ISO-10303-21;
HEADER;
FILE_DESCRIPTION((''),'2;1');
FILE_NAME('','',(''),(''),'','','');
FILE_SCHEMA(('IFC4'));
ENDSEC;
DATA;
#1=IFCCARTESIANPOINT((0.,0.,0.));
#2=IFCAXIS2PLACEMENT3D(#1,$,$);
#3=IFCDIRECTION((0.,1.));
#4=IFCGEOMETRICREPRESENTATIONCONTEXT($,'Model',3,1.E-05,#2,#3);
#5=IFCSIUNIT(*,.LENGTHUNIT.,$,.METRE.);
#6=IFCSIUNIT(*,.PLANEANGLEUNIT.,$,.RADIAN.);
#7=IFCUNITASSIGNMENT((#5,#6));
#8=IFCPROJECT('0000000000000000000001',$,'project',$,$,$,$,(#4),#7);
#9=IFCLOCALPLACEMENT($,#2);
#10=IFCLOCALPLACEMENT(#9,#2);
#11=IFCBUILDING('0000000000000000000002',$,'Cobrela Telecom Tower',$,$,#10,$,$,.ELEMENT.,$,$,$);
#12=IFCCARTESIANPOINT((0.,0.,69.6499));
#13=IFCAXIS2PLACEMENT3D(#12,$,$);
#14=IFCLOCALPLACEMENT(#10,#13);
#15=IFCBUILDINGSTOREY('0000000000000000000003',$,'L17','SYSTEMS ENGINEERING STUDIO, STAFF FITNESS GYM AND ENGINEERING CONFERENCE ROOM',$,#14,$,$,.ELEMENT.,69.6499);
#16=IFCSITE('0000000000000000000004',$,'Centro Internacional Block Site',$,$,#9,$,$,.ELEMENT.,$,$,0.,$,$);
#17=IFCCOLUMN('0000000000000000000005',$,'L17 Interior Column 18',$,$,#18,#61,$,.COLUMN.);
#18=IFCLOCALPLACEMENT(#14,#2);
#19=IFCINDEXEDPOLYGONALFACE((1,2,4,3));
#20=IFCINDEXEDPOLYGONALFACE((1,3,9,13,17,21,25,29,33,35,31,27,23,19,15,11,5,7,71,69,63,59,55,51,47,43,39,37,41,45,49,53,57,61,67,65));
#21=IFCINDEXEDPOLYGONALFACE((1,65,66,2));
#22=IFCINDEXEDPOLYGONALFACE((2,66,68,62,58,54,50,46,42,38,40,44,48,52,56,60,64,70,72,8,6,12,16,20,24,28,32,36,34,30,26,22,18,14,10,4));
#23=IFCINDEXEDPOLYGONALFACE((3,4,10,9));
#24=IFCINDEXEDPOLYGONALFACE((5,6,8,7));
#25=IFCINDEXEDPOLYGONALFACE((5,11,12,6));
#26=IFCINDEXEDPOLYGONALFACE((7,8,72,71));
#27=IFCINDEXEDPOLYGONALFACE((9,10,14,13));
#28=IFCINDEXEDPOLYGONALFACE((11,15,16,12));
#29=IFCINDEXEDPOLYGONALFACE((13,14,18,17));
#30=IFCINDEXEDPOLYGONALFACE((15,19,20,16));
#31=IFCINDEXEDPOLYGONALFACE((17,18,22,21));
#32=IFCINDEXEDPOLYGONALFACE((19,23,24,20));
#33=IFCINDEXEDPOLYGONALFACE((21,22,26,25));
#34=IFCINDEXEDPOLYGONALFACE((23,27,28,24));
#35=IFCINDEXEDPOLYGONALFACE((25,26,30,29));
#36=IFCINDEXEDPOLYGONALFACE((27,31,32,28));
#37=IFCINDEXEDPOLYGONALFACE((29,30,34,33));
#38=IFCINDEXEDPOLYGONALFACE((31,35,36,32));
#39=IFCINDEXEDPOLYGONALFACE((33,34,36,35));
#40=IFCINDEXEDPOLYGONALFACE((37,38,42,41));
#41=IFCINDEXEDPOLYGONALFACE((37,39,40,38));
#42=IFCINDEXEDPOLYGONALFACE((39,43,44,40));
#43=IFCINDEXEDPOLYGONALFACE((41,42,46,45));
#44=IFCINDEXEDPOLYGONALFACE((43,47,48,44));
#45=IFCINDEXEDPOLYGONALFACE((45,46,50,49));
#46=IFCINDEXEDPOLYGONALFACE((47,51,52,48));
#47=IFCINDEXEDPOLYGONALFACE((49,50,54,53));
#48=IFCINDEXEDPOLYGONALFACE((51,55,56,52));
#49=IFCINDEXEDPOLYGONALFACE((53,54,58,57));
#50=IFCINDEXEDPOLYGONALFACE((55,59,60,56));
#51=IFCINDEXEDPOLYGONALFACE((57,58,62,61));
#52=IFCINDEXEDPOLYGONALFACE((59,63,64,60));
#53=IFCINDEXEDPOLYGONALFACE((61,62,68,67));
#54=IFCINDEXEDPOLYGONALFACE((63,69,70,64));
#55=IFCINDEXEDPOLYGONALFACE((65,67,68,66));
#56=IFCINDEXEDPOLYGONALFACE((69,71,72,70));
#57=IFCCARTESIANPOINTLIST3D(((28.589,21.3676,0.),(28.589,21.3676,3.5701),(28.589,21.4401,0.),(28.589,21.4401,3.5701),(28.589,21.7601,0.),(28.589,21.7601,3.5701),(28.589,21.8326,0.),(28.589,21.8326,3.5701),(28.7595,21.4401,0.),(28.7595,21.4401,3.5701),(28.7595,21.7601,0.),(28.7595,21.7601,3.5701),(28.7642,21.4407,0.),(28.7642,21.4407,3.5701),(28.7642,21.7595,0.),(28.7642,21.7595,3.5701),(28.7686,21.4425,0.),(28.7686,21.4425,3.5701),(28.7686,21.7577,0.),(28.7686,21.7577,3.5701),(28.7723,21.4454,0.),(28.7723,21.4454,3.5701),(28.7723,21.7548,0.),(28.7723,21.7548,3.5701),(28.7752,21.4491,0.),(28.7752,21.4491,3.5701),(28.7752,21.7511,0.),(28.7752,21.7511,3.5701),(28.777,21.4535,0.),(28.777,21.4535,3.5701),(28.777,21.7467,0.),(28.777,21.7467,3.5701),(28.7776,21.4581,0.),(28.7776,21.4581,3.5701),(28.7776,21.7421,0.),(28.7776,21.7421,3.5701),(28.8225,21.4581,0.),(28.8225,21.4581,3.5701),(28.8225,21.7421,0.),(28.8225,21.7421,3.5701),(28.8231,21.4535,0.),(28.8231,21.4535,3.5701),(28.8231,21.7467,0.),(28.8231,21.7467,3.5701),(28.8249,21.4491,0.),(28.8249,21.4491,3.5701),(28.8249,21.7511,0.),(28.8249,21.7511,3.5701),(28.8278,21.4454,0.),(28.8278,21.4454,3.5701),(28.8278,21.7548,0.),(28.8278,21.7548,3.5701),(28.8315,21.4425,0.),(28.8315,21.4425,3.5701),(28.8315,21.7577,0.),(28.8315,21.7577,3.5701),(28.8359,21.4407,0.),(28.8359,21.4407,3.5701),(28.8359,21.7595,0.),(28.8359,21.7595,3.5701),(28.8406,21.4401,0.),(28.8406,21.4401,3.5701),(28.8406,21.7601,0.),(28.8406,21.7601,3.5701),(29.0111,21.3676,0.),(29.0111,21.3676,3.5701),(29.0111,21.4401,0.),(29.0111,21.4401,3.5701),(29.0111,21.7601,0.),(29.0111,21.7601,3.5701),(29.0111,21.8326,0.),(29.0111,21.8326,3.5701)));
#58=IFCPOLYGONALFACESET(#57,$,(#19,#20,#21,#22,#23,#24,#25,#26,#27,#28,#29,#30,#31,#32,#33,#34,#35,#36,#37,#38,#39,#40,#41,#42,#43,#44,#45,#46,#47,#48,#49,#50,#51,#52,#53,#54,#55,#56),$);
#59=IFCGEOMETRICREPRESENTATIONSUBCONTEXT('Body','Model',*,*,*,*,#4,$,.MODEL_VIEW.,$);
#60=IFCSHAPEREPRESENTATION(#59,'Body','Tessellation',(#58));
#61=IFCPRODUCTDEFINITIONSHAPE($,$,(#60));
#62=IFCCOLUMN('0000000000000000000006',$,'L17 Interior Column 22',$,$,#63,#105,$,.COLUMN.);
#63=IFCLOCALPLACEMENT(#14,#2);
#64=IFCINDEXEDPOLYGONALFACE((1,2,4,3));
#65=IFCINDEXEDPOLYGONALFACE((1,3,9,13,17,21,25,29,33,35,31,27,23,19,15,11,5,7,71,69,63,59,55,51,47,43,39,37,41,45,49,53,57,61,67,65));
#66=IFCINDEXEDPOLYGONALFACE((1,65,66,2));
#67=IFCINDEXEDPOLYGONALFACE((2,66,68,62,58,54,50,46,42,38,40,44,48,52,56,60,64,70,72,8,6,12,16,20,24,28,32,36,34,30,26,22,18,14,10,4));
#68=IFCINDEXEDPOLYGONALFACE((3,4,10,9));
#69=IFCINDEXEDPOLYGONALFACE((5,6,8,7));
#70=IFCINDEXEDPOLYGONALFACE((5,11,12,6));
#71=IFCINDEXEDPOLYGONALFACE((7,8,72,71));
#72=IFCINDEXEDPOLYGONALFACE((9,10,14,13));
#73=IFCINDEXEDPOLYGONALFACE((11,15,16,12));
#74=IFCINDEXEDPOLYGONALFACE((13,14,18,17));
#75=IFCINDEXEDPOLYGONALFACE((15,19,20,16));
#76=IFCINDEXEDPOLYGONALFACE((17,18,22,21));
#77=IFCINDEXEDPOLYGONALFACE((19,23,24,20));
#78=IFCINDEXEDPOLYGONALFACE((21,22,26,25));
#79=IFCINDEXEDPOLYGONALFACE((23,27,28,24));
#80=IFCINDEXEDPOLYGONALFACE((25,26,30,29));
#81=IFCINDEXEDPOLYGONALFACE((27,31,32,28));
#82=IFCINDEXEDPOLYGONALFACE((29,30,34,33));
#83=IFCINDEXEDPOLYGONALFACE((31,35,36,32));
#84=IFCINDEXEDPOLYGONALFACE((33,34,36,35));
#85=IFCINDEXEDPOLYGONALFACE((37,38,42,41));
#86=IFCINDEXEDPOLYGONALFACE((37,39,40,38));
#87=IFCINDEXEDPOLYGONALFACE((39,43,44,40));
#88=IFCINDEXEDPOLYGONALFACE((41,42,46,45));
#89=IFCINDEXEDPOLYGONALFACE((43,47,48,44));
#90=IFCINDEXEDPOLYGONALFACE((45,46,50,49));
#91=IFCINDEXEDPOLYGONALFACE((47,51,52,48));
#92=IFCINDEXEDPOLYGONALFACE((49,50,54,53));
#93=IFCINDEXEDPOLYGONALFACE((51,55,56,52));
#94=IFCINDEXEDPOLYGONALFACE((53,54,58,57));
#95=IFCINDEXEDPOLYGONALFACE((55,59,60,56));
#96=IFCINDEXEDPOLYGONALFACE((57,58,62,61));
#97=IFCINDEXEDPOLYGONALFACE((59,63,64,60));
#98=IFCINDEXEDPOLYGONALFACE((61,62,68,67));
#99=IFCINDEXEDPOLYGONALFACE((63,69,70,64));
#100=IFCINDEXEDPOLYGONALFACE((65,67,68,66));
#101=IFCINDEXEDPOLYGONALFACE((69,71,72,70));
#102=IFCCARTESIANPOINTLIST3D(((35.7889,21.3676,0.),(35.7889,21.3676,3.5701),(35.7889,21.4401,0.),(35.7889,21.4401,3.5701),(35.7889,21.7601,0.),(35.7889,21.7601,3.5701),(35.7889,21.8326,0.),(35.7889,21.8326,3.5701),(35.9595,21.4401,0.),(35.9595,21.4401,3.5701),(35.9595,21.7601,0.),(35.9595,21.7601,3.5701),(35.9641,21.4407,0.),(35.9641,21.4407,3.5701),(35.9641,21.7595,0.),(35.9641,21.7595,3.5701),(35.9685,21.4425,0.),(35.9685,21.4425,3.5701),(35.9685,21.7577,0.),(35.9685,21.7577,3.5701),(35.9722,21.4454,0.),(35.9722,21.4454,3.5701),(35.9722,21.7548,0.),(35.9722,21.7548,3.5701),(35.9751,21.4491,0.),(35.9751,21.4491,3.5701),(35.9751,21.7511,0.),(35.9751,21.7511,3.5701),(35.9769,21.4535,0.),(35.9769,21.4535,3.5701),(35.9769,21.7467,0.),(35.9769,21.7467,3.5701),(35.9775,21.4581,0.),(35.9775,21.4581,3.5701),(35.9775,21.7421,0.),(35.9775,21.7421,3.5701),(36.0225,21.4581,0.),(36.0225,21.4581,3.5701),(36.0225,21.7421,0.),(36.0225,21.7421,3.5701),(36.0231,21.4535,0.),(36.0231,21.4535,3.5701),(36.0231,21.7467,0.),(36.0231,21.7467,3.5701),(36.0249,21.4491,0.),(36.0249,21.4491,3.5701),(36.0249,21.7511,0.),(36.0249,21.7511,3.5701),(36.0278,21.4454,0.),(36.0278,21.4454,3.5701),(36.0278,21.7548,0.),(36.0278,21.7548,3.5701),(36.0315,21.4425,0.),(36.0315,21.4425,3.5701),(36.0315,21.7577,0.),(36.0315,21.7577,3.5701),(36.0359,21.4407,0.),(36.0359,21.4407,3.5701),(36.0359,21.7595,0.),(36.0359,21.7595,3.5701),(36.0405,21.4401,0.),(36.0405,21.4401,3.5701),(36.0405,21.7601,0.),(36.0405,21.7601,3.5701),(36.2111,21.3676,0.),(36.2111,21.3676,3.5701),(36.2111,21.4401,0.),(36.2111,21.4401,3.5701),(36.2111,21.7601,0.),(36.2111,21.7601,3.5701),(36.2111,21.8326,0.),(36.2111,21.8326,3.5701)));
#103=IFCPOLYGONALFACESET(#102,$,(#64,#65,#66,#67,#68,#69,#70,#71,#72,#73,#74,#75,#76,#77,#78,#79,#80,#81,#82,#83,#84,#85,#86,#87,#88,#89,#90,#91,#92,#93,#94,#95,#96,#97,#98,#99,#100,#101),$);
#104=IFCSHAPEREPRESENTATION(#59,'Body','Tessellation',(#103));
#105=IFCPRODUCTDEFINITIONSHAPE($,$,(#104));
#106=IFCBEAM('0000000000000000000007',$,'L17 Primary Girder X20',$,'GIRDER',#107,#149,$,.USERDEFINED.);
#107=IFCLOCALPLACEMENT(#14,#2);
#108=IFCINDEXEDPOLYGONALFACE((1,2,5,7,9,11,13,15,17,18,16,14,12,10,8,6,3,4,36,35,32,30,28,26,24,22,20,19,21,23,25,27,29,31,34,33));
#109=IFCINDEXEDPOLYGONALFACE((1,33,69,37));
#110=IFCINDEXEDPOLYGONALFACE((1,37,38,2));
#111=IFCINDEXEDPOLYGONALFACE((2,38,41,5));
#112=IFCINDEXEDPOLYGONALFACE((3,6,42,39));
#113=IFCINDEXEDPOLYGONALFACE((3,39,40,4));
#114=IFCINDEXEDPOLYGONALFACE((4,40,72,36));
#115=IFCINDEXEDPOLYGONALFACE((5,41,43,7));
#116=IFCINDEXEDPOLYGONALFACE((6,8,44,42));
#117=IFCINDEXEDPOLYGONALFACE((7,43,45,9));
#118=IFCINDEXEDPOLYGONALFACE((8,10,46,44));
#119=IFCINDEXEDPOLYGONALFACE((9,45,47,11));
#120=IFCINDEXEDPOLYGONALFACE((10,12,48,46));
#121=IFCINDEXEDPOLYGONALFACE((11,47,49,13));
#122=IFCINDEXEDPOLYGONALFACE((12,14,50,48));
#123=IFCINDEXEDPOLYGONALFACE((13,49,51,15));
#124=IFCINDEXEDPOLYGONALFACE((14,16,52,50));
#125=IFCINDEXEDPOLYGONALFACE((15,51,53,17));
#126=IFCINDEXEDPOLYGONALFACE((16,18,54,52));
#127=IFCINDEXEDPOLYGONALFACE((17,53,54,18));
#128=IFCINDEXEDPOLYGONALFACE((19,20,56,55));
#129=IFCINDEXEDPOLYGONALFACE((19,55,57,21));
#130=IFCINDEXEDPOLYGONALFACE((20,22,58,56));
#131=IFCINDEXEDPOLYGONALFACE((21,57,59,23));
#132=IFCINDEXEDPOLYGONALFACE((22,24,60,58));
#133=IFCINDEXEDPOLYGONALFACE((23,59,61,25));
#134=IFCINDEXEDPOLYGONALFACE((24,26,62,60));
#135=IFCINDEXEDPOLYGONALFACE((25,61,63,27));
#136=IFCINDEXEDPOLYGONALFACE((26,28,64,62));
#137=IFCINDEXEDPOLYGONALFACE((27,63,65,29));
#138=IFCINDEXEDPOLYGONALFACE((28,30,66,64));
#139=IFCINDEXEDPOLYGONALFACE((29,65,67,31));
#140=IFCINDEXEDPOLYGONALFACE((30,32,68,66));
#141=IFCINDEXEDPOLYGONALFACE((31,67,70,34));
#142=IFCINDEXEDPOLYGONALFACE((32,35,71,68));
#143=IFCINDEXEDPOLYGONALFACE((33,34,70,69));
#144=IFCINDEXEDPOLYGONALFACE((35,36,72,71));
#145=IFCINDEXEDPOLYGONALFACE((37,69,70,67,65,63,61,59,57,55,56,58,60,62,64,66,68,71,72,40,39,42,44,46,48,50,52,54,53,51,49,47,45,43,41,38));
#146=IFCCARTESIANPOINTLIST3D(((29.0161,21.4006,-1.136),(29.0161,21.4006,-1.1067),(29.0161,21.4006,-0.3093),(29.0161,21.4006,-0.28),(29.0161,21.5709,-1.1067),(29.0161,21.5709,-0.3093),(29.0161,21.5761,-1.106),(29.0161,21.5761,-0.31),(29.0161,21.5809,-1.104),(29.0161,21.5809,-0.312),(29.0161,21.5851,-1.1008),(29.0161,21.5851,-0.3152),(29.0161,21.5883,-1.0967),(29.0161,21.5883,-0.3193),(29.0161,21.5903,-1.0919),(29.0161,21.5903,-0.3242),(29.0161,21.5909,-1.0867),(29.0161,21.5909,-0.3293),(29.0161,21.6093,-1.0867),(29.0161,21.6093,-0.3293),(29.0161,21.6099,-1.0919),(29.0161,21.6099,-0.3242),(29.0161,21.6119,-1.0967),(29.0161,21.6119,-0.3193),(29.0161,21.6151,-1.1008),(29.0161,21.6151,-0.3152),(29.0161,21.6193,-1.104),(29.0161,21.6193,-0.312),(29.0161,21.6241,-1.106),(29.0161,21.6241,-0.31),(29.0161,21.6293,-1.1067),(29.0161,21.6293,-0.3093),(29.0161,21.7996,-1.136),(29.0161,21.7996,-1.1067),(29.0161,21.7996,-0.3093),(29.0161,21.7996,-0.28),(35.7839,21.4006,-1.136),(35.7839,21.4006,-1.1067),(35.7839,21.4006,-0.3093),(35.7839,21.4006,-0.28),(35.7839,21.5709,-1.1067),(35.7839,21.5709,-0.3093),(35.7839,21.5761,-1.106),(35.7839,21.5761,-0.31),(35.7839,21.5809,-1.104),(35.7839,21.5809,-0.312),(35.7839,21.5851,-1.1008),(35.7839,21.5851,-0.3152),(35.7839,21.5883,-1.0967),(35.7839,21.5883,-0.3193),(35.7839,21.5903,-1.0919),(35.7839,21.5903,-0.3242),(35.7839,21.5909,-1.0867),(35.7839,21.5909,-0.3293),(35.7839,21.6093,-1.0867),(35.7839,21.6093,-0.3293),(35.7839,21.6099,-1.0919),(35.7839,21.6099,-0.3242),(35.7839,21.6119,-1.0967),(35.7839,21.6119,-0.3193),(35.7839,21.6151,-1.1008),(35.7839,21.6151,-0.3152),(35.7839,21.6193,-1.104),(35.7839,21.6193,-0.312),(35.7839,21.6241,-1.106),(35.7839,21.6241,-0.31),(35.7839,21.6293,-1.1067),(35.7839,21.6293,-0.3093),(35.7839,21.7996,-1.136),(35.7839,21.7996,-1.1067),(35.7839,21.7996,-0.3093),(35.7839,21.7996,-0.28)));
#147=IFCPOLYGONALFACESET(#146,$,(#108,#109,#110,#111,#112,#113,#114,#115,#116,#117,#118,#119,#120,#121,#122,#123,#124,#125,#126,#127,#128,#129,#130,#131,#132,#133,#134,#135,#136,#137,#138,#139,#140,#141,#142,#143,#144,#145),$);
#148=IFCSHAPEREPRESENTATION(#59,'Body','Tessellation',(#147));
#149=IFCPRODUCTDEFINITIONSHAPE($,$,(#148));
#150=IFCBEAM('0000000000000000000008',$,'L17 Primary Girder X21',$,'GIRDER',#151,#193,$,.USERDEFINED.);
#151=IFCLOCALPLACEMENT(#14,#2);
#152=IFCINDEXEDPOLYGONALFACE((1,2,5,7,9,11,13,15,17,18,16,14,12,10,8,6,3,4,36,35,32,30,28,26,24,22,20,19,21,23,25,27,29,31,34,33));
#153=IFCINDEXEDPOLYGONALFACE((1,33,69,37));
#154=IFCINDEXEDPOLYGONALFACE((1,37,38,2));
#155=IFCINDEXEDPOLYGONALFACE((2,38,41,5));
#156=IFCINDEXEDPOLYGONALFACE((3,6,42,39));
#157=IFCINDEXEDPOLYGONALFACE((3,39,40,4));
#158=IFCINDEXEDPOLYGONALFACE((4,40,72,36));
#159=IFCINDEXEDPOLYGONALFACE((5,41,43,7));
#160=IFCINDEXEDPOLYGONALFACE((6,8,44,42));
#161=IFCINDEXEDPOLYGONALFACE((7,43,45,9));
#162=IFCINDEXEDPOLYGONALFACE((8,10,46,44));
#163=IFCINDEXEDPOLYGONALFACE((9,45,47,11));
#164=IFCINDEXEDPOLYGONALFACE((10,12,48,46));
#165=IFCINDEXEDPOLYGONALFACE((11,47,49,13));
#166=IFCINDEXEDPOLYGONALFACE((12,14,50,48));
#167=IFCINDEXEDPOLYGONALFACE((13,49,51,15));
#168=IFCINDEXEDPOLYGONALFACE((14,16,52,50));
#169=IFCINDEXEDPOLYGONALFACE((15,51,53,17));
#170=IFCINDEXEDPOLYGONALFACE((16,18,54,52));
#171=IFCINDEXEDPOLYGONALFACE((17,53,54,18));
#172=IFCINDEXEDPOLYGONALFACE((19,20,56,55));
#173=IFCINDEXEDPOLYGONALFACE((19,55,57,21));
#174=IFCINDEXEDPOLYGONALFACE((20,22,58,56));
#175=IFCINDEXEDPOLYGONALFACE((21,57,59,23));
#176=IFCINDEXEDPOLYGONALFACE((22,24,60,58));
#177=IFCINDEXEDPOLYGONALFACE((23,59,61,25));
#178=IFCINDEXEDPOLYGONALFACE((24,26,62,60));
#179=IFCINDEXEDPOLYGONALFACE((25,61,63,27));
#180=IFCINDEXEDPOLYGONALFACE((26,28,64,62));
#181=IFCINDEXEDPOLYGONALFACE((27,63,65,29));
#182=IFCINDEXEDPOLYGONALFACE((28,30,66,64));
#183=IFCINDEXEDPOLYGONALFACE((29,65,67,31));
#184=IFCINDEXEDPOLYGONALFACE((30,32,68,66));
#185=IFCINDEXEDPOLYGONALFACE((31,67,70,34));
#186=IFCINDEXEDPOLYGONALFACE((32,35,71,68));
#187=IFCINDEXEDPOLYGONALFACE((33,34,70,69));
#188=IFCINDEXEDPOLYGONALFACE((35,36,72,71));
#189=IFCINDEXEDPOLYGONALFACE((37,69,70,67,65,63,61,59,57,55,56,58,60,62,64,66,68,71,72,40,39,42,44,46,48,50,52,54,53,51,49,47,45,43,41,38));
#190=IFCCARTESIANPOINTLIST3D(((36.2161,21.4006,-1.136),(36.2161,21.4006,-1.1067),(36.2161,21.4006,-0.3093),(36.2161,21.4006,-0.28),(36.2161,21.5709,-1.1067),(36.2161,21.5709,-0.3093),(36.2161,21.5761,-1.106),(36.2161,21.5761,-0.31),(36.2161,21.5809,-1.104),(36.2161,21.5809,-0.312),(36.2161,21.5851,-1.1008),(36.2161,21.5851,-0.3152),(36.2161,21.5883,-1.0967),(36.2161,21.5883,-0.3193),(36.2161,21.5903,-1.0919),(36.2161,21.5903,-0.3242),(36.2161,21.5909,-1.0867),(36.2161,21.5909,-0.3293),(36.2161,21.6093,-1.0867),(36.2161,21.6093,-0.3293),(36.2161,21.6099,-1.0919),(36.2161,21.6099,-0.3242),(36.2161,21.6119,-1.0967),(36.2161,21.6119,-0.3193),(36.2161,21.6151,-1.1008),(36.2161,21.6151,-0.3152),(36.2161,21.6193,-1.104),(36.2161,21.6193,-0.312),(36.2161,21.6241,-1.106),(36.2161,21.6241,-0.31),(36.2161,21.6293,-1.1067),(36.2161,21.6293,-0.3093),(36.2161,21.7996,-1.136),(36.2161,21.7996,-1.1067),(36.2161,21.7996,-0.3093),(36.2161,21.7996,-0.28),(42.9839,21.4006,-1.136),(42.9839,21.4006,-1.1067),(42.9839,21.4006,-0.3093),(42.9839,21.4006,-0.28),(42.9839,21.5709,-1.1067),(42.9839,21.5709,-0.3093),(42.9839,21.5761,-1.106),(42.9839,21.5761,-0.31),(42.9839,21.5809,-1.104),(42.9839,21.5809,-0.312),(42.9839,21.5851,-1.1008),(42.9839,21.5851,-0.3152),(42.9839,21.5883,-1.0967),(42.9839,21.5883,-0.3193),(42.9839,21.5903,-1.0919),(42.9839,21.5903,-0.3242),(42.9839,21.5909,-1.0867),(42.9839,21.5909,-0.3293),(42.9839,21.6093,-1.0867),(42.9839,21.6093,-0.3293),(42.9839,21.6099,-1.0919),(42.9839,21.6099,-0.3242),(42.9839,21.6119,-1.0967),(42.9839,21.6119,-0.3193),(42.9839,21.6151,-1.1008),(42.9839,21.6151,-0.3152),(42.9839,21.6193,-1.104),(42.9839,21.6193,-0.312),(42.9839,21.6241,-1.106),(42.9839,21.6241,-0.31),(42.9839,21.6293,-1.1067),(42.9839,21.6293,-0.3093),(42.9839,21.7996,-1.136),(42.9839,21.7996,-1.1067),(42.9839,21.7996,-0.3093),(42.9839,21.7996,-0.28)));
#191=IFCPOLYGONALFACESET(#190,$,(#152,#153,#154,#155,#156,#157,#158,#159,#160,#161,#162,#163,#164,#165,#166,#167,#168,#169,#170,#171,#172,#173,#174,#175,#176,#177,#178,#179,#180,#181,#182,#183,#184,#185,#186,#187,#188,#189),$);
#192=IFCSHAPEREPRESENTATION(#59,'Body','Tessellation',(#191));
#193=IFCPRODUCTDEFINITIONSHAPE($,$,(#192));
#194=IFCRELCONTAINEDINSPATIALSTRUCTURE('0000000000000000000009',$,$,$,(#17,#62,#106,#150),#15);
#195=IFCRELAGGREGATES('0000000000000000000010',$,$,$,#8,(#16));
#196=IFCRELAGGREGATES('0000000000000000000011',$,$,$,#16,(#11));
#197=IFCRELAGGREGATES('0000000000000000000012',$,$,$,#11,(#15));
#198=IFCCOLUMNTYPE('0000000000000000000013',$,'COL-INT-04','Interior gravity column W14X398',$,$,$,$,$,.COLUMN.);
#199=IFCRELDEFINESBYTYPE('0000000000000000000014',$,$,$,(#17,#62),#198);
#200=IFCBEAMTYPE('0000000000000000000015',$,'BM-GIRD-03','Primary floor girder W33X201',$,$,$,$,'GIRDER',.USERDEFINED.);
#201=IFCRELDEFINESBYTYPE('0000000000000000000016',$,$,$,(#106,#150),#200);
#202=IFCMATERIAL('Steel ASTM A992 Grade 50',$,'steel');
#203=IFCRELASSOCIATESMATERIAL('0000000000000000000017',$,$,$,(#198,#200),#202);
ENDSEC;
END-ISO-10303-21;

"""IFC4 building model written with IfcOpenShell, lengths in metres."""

from ifc_helpers import new_model, si_unit, direction, frame, origin, origin_2d, place, context, subcontext, project, spatial, i_section, extrude, material, material_profile, profile_set, type_object, element, save


model = new_model("IFC4")

# Units and contexts
model_context = context("Model", 3, precision=1e-05, world=origin(), true_north=direction((0.0, 1.0)))
body_context = subcontext(model_context, "Body", "Model", "MODEL_VIEW")
ifc_project = project(units=[si_unit("LENGTHUNIT", "METRE"), si_unit("PLANEANGLEUNIT", "RADIAN")], contexts=[model_context])

# Site, building, storey
site_placement = place(None, origin())
site = spatial("IfcSite", under=ifc_project, at=site_placement, Name="Centro Internacional Block Site", CompositionType="ELEMENT", RefElevation=0.0)
building_placement = place(site_placement, origin())
building = spatial("IfcBuilding", under=site, at=building_placement, Name="Cobrela Telecom Tower", CompositionType="ELEMENT")
storey_placement = place(building_placement, frame((0.0, 0.0, 69.6499)))
storey = spatial("IfcBuildingStorey", under=building, at=storey_placement, Name="L17", Description="SYSTEMS ENGINEERING STUDIO, STAFF FITNESS GYM AND ENGINEERING CONFERENCE ROOM", CompositionType="ELEMENT", Elevation=69.6499)

# Columns
ifc_material_1 = material(Name="Steel ASTM A992 Grade 50", Category="steel")
ifc_material_profile_1 = material_profile(ifc_material_1, i_section(OverallWidth=0.4221, OverallDepth=0.4651, WebThickness=0.0449, FlangeThickness=0.0725, FilletRadius=0.0181, at=origin_2d()), Name="W14X398")
ifc_profile_set_1 = profile_set([ifc_material_profile_1], Name="Steel ASTM A992 Grade 50")
column_type = type_object("IfcColumnType", Name="COL-INT-04", Description="Interior gravity column W14X398", PredefinedType="COLUMN", material=ifc_profile_set_1)
for number, where, z_axis, x_axis, name in (
    (1, (28.8, 21.6001, 0.0), (0.0, 0.0, 1.0), (1.0, 0.0, 0.0), "L17 Interior Column 18"),
    (2, (36.0, 21.6001, 0.0), (0.0, 0.0, 1.0), (1.0, 0.0, 0.0), "L17 Interior Column 22"),
):
    element("IfcColumn", number, at=place(storey_placement, frame(where, z_axis=z_axis, x_axis=x_axis)), inside=storey, type_object=column_type, Name=name, PredefinedType="COLUMN", context=body_context, shape_type="SweptSolid", body=[
        extrude(i_section(OverallWidth=0.4221, OverallDepth=0.4651, WebThickness=0.0449, FlangeThickness=0.0725, FilletRadius=0.0181, at=origin_2d()), origin(), (0.0, 0.0, 1.0), 3.5701),
    ])

# Beams
ifc_material_profile_2 = material_profile(ifc_material_1, i_section(OverallWidth=0.3989, OverallDepth=0.856, WebThickness=0.0183, FlangeThickness=0.0293, FilletRadius=0.02, at=origin_2d()), Name="W33X201")
ifc_profile_set_2 = profile_set([ifc_material_profile_2], Name="Steel ASTM A992 Grade 50")
beam_type_1 = type_object("IfcBeamType", Name="BM-GIRD-03", Description="Primary floor girder W33X201", ElementType="GIRDER", PredefinedType="USERDEFINED", material=ifc_profile_set_2)
for number, where, z_axis, x_axis, name in (
    (3, (29.0161, 21.6001, -0.708), (1.0, 0.0, 0.0), (0.0, 1.0, 0.0), "L17 Primary Girder X20"),
    (4, (36.2161, 21.6001, -0.708), (1.0, 0.0, 0.0), (0.0, 1.0, 0.0), "L17 Primary Girder X21"),
):
    element("IfcBeam", number, at=place(storey_placement, frame(where, z_axis=z_axis, x_axis=x_axis)), inside=storey, type_object=beam_type_1, Name=name, ObjectType="GIRDER", PredefinedType="USERDEFINED", context=body_context, shape_type="SweptSolid", body=[
        extrude(i_section(OverallWidth=0.3989, OverallDepth=0.856, WebThickness=0.0183, FlangeThickness=0.0293, FilletRadius=0.02, at=origin_2d()), origin(), (0.0, 0.0, 1.0), 6.7678),
    ])

save(model, "model.ifc")
